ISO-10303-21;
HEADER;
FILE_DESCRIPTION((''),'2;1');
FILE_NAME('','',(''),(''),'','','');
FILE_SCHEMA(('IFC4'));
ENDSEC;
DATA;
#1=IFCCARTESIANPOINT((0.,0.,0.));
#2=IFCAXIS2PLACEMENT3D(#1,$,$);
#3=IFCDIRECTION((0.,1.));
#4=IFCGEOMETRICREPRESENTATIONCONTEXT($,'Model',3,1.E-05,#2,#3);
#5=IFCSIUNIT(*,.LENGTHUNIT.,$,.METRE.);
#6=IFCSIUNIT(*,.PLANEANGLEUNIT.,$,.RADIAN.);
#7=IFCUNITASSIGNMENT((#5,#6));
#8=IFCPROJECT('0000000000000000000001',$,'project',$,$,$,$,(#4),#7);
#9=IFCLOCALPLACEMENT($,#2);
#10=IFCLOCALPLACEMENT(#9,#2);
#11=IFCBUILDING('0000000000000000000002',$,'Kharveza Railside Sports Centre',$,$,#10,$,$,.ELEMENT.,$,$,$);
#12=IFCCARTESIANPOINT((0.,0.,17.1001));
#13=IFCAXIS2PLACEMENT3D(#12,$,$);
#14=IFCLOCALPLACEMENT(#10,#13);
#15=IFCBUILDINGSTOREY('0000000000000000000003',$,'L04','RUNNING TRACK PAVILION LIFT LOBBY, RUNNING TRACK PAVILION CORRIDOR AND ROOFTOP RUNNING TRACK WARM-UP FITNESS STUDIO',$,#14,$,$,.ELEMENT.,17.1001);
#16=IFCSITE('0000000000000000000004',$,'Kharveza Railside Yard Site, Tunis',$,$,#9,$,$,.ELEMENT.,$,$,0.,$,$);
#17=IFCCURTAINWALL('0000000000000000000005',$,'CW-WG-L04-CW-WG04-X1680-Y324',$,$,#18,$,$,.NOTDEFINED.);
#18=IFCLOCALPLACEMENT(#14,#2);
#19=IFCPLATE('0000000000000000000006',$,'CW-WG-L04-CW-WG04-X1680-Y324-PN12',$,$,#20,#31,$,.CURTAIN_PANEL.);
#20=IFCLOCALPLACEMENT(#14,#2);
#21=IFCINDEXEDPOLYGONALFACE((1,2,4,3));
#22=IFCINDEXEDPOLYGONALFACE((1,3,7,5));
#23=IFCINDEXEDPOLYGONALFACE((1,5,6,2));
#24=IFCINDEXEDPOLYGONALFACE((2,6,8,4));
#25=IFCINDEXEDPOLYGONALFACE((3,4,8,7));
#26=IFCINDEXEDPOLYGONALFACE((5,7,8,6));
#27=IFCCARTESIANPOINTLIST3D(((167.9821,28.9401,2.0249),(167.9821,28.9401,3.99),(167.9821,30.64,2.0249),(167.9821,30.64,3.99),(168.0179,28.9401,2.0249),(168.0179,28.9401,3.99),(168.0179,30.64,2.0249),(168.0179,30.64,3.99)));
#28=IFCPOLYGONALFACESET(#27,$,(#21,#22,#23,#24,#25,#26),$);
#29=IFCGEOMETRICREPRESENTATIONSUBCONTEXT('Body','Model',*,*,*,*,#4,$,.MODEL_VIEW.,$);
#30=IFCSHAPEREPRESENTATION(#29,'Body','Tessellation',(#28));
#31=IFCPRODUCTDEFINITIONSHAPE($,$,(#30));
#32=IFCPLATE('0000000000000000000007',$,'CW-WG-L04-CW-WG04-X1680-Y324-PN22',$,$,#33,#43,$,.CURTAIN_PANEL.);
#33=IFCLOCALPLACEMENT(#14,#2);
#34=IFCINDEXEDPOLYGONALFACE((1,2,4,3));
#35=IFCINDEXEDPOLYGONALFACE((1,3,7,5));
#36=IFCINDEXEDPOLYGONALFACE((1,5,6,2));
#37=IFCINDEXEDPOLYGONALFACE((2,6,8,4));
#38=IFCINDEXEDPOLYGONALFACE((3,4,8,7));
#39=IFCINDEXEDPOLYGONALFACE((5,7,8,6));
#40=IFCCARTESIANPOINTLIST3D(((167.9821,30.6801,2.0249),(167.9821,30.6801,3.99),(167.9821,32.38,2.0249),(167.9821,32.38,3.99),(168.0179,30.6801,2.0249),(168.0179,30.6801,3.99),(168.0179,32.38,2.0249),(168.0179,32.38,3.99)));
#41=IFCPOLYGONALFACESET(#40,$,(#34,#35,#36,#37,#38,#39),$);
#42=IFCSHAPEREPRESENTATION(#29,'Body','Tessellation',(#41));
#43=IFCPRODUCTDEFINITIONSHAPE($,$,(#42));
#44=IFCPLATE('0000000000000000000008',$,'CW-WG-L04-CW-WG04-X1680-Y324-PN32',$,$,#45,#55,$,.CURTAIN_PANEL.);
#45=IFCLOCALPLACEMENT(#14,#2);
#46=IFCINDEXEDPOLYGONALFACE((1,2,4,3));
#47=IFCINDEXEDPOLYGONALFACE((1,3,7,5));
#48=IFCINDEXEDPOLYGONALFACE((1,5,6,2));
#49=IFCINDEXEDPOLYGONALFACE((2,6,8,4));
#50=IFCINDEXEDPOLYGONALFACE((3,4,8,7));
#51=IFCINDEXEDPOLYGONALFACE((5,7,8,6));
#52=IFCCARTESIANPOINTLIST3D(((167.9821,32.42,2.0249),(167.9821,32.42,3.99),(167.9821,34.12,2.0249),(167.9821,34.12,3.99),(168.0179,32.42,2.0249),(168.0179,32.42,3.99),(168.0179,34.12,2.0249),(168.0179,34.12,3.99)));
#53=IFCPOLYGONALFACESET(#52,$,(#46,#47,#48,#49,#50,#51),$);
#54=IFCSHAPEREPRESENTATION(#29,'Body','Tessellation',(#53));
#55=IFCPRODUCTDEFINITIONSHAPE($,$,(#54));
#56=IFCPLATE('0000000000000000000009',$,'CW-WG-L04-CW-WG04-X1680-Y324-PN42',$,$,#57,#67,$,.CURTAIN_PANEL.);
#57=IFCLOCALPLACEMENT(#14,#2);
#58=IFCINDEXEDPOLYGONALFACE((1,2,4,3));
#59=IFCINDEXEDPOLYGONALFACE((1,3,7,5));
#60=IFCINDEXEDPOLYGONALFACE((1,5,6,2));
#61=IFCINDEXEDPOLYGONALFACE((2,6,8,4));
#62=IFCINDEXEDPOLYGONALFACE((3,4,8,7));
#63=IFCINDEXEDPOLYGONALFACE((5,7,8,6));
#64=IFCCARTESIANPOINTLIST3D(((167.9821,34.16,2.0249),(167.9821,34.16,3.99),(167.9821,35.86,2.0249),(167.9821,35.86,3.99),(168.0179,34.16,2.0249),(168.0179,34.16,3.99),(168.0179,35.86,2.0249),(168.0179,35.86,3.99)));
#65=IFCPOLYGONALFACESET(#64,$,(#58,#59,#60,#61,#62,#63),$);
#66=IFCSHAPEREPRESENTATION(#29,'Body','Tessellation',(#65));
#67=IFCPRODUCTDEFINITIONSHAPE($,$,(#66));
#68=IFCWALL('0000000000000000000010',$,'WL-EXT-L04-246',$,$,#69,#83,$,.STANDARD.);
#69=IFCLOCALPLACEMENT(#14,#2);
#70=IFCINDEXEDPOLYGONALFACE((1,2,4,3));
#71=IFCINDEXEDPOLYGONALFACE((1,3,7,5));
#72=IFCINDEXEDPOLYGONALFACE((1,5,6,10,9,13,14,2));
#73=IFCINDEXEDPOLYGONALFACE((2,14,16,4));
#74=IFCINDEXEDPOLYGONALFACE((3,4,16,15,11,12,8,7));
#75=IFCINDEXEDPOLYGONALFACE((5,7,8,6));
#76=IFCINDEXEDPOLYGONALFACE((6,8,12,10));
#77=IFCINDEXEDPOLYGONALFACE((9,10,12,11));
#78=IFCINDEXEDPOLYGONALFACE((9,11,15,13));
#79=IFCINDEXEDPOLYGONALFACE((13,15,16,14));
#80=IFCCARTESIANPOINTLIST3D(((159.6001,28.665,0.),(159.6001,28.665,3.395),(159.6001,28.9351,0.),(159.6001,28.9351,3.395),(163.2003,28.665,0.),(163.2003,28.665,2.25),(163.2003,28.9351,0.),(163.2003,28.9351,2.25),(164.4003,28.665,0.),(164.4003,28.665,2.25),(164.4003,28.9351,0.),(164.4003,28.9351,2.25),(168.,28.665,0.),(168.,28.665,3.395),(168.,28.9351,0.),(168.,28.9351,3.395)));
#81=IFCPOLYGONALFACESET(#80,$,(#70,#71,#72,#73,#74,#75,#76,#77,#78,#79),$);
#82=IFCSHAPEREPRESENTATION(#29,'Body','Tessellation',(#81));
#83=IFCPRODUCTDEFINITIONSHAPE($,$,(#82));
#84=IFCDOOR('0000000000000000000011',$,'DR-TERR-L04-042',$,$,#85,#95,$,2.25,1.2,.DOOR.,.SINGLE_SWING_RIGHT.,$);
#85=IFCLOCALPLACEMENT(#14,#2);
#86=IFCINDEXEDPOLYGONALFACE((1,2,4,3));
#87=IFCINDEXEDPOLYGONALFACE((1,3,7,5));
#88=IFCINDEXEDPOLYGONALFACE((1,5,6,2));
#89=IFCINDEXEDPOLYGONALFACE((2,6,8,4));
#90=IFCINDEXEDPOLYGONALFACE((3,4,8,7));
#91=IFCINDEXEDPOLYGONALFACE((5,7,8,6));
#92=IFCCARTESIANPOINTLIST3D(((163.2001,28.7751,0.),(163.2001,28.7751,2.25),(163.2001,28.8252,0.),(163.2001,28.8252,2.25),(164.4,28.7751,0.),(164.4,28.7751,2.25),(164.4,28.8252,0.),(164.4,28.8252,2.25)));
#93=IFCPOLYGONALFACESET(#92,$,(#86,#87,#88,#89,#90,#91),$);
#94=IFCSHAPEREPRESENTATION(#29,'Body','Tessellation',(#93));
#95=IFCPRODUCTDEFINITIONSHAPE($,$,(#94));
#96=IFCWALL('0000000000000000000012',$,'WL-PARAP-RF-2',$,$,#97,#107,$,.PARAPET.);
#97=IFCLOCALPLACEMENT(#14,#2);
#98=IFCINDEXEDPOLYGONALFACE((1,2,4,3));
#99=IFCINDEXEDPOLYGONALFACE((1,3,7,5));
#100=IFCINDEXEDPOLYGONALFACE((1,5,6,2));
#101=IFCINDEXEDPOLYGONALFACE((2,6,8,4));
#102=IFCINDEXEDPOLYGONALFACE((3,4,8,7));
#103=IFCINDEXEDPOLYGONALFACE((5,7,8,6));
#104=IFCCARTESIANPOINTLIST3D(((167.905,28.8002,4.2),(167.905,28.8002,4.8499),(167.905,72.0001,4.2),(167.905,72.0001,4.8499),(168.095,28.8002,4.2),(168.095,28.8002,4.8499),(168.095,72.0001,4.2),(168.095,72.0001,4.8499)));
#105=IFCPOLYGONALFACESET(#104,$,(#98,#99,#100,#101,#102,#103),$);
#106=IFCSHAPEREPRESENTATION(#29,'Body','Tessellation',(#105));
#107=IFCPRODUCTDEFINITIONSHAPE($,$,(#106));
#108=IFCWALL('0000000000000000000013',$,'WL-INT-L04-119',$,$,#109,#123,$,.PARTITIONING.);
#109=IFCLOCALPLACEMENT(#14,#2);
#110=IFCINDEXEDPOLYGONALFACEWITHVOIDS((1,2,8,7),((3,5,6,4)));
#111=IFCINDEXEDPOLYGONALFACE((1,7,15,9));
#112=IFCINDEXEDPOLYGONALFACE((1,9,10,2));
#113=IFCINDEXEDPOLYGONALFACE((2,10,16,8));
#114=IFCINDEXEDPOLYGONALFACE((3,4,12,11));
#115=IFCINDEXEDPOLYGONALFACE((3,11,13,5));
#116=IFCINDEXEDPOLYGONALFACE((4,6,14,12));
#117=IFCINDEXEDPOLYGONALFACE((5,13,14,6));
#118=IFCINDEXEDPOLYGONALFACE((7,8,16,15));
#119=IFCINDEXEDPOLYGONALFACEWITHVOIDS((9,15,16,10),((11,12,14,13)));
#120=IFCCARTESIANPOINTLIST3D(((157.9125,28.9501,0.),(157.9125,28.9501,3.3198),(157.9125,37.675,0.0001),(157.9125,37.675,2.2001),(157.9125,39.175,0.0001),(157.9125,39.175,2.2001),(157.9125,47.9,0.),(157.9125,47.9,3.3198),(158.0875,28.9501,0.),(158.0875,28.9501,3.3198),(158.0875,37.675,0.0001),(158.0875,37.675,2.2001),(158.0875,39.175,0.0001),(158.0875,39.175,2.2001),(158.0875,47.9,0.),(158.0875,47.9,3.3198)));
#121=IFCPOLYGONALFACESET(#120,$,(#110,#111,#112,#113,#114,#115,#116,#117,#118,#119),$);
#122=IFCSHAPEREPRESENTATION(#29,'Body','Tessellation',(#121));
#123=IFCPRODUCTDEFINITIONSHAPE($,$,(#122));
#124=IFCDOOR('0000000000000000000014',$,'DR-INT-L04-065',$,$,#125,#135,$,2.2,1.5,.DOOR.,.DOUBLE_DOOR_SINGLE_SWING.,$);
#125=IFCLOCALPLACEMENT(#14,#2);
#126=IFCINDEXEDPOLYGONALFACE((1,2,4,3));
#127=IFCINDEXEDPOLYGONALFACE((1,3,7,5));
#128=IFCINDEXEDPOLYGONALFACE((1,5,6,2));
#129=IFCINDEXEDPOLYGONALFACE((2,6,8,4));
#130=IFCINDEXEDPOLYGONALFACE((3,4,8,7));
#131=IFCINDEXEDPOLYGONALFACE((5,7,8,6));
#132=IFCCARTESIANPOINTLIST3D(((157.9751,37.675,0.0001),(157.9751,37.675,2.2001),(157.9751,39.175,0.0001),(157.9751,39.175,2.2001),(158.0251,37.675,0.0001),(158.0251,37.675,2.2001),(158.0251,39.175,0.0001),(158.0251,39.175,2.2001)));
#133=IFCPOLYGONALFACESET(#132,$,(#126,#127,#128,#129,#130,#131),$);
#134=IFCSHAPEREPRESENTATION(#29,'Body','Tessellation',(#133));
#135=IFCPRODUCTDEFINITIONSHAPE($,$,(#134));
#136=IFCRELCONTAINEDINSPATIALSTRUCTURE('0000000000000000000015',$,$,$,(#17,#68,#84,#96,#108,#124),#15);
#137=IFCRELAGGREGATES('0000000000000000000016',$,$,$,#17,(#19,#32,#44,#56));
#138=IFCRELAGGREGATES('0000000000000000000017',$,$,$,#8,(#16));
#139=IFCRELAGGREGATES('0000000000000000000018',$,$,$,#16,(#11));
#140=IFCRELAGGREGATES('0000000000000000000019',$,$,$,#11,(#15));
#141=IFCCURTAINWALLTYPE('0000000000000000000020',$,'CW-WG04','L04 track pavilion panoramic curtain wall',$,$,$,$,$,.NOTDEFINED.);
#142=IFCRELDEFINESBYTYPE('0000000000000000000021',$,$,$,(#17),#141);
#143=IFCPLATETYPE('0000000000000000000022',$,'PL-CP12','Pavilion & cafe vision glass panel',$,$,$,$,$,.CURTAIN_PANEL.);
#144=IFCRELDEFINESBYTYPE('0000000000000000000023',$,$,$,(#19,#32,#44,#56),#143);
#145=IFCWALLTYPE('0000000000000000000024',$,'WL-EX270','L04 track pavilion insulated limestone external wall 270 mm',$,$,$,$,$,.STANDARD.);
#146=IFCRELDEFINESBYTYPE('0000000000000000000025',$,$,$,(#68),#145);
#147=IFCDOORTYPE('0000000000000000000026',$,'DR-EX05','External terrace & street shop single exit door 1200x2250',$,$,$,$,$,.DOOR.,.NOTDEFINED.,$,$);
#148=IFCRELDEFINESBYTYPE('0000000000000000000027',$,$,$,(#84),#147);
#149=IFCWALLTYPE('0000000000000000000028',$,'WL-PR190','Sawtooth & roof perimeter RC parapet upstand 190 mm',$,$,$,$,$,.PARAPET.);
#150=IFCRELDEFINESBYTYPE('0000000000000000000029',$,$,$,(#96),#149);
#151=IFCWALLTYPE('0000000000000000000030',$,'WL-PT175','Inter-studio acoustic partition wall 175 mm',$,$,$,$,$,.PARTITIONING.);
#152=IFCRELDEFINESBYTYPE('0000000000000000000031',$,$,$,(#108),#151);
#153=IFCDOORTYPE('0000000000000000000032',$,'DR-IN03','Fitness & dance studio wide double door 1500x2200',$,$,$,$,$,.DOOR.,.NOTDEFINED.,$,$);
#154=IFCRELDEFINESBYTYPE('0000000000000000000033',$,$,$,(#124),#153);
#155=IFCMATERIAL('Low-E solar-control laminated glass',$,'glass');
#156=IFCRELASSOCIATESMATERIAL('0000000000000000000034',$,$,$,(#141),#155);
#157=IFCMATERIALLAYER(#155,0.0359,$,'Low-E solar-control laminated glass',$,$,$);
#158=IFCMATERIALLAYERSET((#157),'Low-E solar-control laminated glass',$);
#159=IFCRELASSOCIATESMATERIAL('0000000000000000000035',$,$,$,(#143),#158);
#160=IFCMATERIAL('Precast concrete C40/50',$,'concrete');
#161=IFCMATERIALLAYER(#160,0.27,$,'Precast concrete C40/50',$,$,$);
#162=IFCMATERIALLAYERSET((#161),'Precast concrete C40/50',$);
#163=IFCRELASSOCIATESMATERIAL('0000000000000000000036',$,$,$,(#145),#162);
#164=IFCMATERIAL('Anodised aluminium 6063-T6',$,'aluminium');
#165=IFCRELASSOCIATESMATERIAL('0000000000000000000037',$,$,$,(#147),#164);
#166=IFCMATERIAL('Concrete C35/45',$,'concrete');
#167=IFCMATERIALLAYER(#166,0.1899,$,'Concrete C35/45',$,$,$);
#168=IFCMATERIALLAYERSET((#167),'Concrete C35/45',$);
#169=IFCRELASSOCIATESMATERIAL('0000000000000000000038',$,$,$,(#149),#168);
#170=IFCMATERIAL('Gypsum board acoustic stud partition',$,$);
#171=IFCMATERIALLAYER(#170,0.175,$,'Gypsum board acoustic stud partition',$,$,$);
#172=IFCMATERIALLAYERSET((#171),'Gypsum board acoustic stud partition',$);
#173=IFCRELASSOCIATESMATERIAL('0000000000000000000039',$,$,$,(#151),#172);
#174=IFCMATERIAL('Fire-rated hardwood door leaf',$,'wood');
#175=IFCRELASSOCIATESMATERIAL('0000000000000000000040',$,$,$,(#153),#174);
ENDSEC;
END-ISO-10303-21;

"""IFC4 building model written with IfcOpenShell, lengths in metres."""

from ifc_helpers import new_model, si_unit, direction, frame, frame_2d, origin, origin_2d, place, context, subcontext, project, spatial, rectangle, extrude, material, layer, layer_set, type_object, element, fill, aggregate, save


model = new_model("IFC4")

# Units and contexts
model_context = context("Model", 3, precision=1e-05, world=origin(), true_north=direction((0.0, 1.0)))
body_context = subcontext(model_context, "Body", "Model", "MODEL_VIEW")
ifc_project = project(units=[si_unit("LENGTHUNIT", "METRE"), si_unit("PLANEANGLEUNIT", "RADIAN")], contexts=[model_context])

# Site, building, storey
site_placement = place(None, origin())
site = spatial("IfcSite", under=ifc_project, at=site_placement, Name="Kharveza Railside Yard Site, Tunis", CompositionType="ELEMENT", RefElevation=0.0)
building_placement = place(site_placement, origin())
building = spatial("IfcBuilding", under=site, at=building_placement, Name="Kharveza Railside Sports Centre", CompositionType="ELEMENT")
storey_placement = place(building_placement, frame((0.0, 0.0, 17.1001)))
storey = spatial("IfcBuildingStorey", under=building, at=storey_placement, Name="L04", Description="RUNNING TRACK PAVILION LIFT LOBBY, RUNNING TRACK PAVILION CORRIDOR AND ROOFTOP RUNNING TRACK WARM-UP FITNESS STUDIO", CompositionType="ELEMENT", Elevation=17.1001)

# Curtain wall, plates
ifc_material_1 = material(Name="Low-E solar-control laminated glass", Category="glass")
curtain_wall_type = type_object("IfcCurtainWallType", Name="CW-WG04", Description="L04 track pavilion panoramic curtain wall", PredefinedType="NOTDEFINED", material=ifc_material_1)
curtain_wall_placement = place(storey_placement, origin())
curtain_wall = element("IfcCurtainWall", 1, at=curtain_wall_placement, inside=storey, type_object=curtain_wall_type, Name="CW-WG-L04-CW-WG04-X1680-Y324", PredefinedType="NOTDEFINED")
ifc_material_2 = material(Name="Anodised aluminium 6063-T6", Category="aluminium")
ifc_layer_1 = layer(ifc_material_1, 0.0359, Name="Low-E solar-control laminated glass")
ifc_layer_set_1 = layer_set([ifc_layer_1], Name="Low-E solar-control laminated glass")
plate_type_1 = type_object("IfcPlateType", Name="PL-CP12", Description="Pavilion & cafe vision glass panel", PredefinedType="CURTAIN_PANEL", material=ifc_layer_set_1)
plate_1_placement = place(storey_placement, frame((168.0, 29.79, 2.0249), z_axis=(0.0, 0.0, 1.0), x_axis=(0.0, 1.0, 0.0)))
plate_1 = element("IfcPlate", 2, at=plate_1_placement, type_object=plate_type_1, Name="CW-WG-L04-CW-WG04-X1680-Y324-PN12", PredefinedType="CURTAIN_PANEL", context=body_context, shape_type="SweptSolid", body=[
    extrude(rectangle(XDim=1.7, YDim=0.0359, at=origin_2d()), origin(), (0.0, 0.0, 1.0), 1.9651),
])
plate_2_placement = place(storey_placement, frame((168.0, 31.53, 2.0249), z_axis=(0.0, 0.0, 1.0), x_axis=(0.0, 1.0, 0.0)))
plate_2 = element("IfcPlate", 3, at=plate_2_placement, type_object=plate_type_1, Name="CW-WG-L04-CW-WG04-X1680-Y324-PN22", PredefinedType="CURTAIN_PANEL", context=body_context, shape_type="SweptSolid", body=[
    extrude(rectangle(XDim=1.7, YDim=0.0359, at=origin_2d()), origin(), (0.0, 0.0, 1.0), 1.9651),
])
plate_3_placement = place(storey_placement, frame((168.0, 33.27, 2.0249), z_axis=(0.0, 0.0, 1.0), x_axis=(0.0, 1.0, 0.0)))
plate_3 = element("IfcPlate", 4, at=plate_3_placement, type_object=plate_type_1, Name="CW-WG-L04-CW-WG04-X1680-Y324-PN32", PredefinedType="CURTAIN_PANEL", context=body_context, shape_type="SweptSolid", body=[
    extrude(rectangle(XDim=1.7, YDim=0.0359, at=origin_2d()), origin(), (0.0, 0.0, 1.0), 1.9651),
])
plate_4_placement = place(storey_placement, frame((168.0, 35.01, 2.0249), z_axis=(0.0, 0.0, 1.0), x_axis=(0.0, 1.0, 0.0)))
plate_4 = element("IfcPlate", 5, at=plate_4_placement, type_object=plate_type_1, Name="CW-WG-L04-CW-WG04-X1680-Y324-PN42", PredefinedType="CURTAIN_PANEL", context=body_context, shape_type="SweptSolid", body=[
    extrude(rectangle(XDim=1.7, YDim=0.0359, at=origin_2d()), origin(), (0.0, 0.0, 1.0), 1.9651),
])
aggregate(curtain_wall, [plate_1, plate_2, plate_3, plate_4])

# Wall, opening, door
ifc_material_3 = material(Name="Precast concrete C40/50", Category="concrete")
ifc_layer_2 = layer(ifc_material_3, 0.27, Name="Precast concrete C40/50")
ifc_layer_set_2 = layer_set([ifc_layer_2], Name="Precast concrete C40/50")
wall_type_1 = type_object("IfcWallType", Name="WL-EX270", Description="L04 track pavilion insulated limestone external wall 270 mm", PredefinedType="STANDARD", material=ifc_layer_set_2)
wall_1_placement = place(storey_placement, frame((159.6001, 28.8, 0.0), z_axis=(0.0, 0.0, 1.0), x_axis=(1.0, 0.0, 0.0)))
wall_1 = element("IfcWall", 6, at=wall_1_placement, inside=storey, type_object=wall_type_1, Name="WL-EXT-L04-246", PredefinedType="STANDARD", context=body_context, shape_type="SweptSolid", body=[
    extrude(rectangle(XDim=8.3999, YDim=0.27, at=frame_2d((4.2, 0.0))), origin(), (0.0, 0.0, 1.0), 3.395),
])
opening_1_placement = place(wall_1_placement, frame((3.6001, 0.0, 0.0)))
opening_1 = element("IfcOpeningElement", 7, at=opening_1_placement, cuts=wall_1, PredefinedType="OPENING", context=body_context, shape_type="SweptSolid", body=[
    extrude(rectangle(XDim=1.2, YDim=2.25, at=frame_2d((0.6001, 1.125))), frame((0.0, 0.1599, 0.0), z_axis=(0.0, -1.0, 0.0), x_axis=(1.0, 0.0, 0.0)), (0.0, 0.0, 1.0), 0.3198),
])
door_type_1 = type_object("IfcDoorType", Name="DR-EX05", Description="External terrace & street shop single exit door 1200x2250", OperationType="NOTDEFINED", PredefinedType="DOOR", material=ifc_material_2)
door_1_placement = place(opening_1_placement, frame((1.2, 0.0, 0.0), z_axis=(0.0, 0.0, 1.0), x_axis=(-1.0, 0.0, 0.0)))
door_1 = element("IfcDoor", 8, at=door_1_placement, inside=storey, type_object=door_type_1, Name="DR-TERR-L04-042", OperationType="SINGLE_SWING_RIGHT", OverallHeight=2.25, OverallWidth=1.2, PredefinedType="DOOR", context=body_context, shape_type="SweptSolid", body=[
    extrude(rectangle(XDim=1.2, YDim=2.25, at=frame_2d((0.6001, 1.125))), frame((0.0, 0.0249, 0.0), z_axis=(0.0, -1.0, 0.0), x_axis=(1.0, 0.0, 0.0)), (0.0, 0.0, 1.0), 0.05),
])
fill(opening_1, door_1)

# Wall
ifc_material_4 = material(Name="Concrete C35/45", Category="concrete")
ifc_layer_3 = layer(ifc_material_4, 0.1899, Name="Concrete C35/45")
ifc_layer_set_3 = layer_set([ifc_layer_3], Name="Concrete C35/45")
wall_type_2 = type_object("IfcWallType", Name="WL-PR190", Description="Sawtooth & roof perimeter RC parapet upstand 190 mm", PredefinedType="PARAPET", material=ifc_layer_set_3)
wall_2_placement = place(storey_placement, frame((168.0, 28.8, 4.2), z_axis=(0.0, 0.0, 1.0), x_axis=(0.0, 1.0, 0.0)))
element("IfcWall", 9, at=wall_2_placement, inside=storey, type_object=wall_type_2, Name="WL-PARAP-RF-2", PredefinedType="PARAPET", context=body_context, shape_type="SweptSolid", body=[
    extrude(rectangle(XDim=43.2, YDim=0.1899, at=frame_2d((21.6001, 0.0))), origin(), (0.0, 0.0, 1.0), 0.6499),
])

# Wall, opening, door
ifc_material_5 = material(Name="Fire-rated hardwood door leaf", Category="wood")
ifc_material_6 = material(Name="Gypsum board acoustic stud partition")
ifc_layer_4 = layer(ifc_material_6, 0.175, Name="Gypsum board acoustic stud partition")
ifc_layer_set_4 = layer_set([ifc_layer_4], Name="Gypsum board acoustic stud partition")
wall_type_3 = type_object("IfcWallType", Name="WL-PT175", Description="Inter-studio acoustic partition wall 175 mm", PredefinedType="PARTITIONING", material=ifc_layer_set_4)
wall_3_placement = place(storey_placement, frame((158.0, 28.95, 0.0), z_axis=(0.0, 0.0, 1.0), x_axis=(0.0, 1.0, 0.0)))
wall_3 = element("IfcWall", 10, at=wall_3_placement, inside=storey, type_object=wall_type_3, Name="WL-INT-L04-119", PredefinedType="PARTITIONING", context=body_context, shape_type="SweptSolid", body=[
    extrude(rectangle(XDim=18.95, YDim=0.175, at=frame_2d((9.4751, 0.0))), origin(), (0.0, 0.0, 1.0), 3.3198),
])
opening_2_placement = place(wall_3_placement, frame((8.7251, 0.0, 0.0)))
opening_2 = element("IfcOpeningElement", 11, at=opening_2_placement, cuts=wall_3, PredefinedType="OPENING", context=body_context, shape_type="SweptSolid", body=[
    extrude(rectangle(XDim=1.5, YDim=2.2, at=frame_2d((0.75, 1.1001))), frame((0.0, 0.1123, 0.0), z_axis=(0.0, -1.0, 0.0), x_axis=(1.0, 0.0, 0.0)), (0.0, 0.0, 1.0), 0.2249),
])
door_type_2 = type_object("IfcDoorType", Name="DR-IN03", Description="Fitness & dance studio wide double door 1500x2200", OperationType="NOTDEFINED", PredefinedType="DOOR", material=ifc_material_5)
door_2_placement = place(opening_2_placement, origin())
door_2 = element("IfcDoor", 12, at=door_2_placement, inside=storey, type_object=door_type_2, Name="DR-INT-L04-065", OperationType="DOUBLE_DOOR_SINGLE_SWING", OverallHeight=2.2, OverallWidth=1.5, PredefinedType="DOOR", context=body_context, shape_type="SweptSolid", body=[
    extrude(rectangle(XDim=1.5, YDim=2.2, at=frame_2d((0.75, 1.1001))), frame((0.0, 0.0249, 0.0), z_axis=(0.0, -1.0, 0.0), x_axis=(1.0, 0.0, 0.0)), (0.0, 0.0, 1.0), 0.05),
])
fill(opening_2, door_2)

save(model, "model.ifc")
